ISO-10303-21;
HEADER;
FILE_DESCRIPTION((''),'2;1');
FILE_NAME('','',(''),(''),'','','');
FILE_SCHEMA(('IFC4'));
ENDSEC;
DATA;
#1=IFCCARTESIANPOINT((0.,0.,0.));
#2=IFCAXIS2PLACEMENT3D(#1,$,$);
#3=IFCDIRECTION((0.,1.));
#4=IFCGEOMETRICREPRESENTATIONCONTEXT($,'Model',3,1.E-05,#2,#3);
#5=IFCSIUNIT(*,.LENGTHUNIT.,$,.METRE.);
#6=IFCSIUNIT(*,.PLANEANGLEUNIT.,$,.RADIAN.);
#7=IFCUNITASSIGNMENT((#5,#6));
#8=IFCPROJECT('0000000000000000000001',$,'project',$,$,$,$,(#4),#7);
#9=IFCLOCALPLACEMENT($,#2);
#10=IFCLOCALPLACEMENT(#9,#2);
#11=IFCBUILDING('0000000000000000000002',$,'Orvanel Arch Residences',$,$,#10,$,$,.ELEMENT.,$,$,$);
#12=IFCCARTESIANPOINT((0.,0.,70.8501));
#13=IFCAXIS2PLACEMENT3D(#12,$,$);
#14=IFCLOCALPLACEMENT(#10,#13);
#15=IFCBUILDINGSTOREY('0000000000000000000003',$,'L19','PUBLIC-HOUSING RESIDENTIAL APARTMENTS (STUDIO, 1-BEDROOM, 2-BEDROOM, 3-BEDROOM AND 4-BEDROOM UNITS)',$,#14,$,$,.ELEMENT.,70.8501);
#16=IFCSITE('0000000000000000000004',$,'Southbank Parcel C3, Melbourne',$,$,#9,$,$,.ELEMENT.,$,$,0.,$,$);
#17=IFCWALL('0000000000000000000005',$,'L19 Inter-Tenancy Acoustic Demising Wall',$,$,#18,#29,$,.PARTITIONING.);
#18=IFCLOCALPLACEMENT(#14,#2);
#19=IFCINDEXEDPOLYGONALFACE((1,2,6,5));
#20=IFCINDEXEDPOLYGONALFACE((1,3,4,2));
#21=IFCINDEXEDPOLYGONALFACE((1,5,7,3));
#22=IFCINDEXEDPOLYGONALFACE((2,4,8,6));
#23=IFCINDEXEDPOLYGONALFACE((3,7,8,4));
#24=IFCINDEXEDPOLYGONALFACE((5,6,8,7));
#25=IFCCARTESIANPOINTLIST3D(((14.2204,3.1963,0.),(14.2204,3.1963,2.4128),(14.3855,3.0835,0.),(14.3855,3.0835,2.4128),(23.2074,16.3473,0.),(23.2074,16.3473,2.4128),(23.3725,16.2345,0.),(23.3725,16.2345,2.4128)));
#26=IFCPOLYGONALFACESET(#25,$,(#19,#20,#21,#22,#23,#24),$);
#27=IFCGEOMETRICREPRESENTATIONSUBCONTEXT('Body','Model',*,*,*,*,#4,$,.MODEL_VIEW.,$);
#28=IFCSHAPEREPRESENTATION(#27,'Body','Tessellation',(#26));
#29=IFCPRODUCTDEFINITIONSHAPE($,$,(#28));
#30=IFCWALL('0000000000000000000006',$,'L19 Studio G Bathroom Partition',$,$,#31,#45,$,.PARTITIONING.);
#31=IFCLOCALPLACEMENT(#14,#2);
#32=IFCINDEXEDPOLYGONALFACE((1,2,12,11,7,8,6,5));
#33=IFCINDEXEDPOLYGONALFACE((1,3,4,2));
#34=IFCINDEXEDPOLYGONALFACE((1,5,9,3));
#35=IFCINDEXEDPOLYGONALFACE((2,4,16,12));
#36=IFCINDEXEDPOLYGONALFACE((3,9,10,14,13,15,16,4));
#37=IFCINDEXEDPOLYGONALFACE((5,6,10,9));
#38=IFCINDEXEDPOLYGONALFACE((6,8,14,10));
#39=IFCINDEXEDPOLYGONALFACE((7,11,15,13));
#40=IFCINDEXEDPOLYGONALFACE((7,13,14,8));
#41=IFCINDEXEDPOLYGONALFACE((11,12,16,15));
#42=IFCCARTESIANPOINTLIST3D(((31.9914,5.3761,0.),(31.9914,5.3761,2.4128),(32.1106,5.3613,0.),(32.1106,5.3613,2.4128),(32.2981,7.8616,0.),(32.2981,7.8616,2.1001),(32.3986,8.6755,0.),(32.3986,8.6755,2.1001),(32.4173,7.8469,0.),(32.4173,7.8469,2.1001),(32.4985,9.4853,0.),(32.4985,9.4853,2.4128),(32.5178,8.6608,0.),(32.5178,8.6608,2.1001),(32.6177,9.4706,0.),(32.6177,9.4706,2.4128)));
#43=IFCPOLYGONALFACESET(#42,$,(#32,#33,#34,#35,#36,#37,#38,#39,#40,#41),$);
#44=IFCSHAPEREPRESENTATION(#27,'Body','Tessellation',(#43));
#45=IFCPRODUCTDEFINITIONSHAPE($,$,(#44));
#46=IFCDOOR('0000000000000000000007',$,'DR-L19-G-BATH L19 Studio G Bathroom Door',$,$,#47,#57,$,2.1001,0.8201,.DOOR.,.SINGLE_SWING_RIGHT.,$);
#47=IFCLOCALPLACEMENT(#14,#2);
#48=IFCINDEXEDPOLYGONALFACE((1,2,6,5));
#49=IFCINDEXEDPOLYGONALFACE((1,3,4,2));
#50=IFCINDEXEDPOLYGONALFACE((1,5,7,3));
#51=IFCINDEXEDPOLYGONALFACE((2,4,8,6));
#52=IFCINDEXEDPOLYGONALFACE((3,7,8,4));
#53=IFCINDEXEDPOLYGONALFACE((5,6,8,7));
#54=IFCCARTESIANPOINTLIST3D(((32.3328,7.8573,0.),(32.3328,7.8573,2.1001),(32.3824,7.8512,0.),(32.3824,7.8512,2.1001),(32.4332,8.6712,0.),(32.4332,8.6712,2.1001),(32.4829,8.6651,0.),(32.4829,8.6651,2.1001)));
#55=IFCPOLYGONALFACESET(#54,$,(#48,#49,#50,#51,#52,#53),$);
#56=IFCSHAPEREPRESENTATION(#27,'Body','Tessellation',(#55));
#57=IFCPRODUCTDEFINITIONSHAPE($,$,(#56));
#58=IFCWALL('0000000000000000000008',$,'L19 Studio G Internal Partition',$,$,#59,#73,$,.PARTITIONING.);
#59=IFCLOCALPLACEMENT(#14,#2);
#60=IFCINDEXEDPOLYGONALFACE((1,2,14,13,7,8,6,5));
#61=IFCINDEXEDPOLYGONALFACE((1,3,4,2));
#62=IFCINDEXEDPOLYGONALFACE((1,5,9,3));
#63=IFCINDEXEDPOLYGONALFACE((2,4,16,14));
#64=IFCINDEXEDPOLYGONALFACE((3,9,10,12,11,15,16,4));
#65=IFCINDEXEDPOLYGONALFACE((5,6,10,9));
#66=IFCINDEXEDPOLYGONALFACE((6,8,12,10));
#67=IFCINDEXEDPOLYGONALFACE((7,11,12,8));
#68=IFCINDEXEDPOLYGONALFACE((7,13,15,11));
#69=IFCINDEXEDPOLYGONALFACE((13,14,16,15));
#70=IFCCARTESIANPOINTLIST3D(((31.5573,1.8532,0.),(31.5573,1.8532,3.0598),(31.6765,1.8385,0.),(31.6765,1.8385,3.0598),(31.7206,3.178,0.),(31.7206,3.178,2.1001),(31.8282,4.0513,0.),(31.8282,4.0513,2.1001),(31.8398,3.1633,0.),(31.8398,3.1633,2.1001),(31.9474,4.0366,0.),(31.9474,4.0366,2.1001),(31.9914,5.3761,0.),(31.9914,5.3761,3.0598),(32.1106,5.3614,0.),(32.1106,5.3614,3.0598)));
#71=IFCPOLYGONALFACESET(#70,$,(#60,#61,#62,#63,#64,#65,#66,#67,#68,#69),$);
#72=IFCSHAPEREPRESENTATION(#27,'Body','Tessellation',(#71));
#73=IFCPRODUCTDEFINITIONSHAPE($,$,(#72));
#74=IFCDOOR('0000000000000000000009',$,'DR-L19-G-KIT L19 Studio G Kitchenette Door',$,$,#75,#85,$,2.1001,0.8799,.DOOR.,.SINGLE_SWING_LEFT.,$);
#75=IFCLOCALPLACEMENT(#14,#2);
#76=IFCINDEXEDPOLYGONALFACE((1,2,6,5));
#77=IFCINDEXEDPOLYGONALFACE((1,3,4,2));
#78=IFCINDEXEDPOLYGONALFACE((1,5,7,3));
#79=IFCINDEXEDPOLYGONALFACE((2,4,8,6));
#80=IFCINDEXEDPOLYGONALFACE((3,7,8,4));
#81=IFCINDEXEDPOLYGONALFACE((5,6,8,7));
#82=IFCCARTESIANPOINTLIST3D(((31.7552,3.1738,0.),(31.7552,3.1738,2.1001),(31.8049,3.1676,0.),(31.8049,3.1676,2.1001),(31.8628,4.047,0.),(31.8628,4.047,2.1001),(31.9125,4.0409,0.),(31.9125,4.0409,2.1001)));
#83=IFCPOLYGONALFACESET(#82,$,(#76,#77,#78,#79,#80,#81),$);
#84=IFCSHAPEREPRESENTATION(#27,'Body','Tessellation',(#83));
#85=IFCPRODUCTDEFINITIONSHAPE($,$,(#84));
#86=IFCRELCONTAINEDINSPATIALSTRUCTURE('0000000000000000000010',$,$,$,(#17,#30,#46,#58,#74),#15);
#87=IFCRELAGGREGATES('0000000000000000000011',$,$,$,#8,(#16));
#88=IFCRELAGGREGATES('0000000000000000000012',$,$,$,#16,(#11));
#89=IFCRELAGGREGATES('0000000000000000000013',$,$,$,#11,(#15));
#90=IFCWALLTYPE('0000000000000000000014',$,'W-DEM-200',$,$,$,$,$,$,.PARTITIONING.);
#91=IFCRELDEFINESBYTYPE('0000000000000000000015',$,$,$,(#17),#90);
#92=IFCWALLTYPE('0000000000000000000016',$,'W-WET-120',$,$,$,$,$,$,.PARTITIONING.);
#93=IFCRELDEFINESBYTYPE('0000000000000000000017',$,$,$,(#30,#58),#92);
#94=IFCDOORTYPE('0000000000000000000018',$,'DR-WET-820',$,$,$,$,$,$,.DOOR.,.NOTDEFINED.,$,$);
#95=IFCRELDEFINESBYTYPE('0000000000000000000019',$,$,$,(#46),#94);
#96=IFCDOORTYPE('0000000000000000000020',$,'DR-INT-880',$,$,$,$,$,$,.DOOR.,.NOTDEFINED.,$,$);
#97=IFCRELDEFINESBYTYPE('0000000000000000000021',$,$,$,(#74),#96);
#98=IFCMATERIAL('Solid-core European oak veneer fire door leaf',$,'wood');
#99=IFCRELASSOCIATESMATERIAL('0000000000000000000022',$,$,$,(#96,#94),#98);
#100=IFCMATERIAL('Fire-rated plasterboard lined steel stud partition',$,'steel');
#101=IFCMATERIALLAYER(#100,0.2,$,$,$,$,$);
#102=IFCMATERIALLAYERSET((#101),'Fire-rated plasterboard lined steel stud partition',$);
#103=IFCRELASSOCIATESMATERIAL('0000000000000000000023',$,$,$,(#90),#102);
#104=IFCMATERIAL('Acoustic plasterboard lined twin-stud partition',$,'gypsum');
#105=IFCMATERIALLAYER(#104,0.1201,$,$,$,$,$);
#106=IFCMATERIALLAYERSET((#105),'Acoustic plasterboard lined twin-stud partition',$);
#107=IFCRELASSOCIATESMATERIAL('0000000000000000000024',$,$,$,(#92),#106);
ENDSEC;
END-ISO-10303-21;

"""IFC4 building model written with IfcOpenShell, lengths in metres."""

from ifc_helpers import new_model, si_unit, direction, frame, frame_2d, origin, place, context, subcontext, project, spatial, rectangle, extrude, material, layer, layer_set, type_object, element, fill, save


model = new_model("IFC4")

# Units and contexts
model_context = context("Model", 3, precision=1e-05, world=origin(), true_north=direction((0.0, 1.0)))
body_context = subcontext(model_context, "Body", "Model", "MODEL_VIEW")
ifc_project = project(units=[si_unit("LENGTHUNIT", "METRE"), si_unit("PLANEANGLEUNIT", "RADIAN")], contexts=[model_context])

# Site, building, storey
site_placement = place(None, origin())
site = spatial("IfcSite", under=ifc_project, at=site_placement, Name="Southbank Parcel C3, Melbourne", CompositionType="ELEMENT", RefElevation=0.0)
building_placement = place(site_placement, origin())
building = spatial("IfcBuilding", under=site, at=building_placement, Name="Orvanel Arch Residences", CompositionType="ELEMENT")
storey_placement = place(building_placement, frame((0.0, 0.0, 70.8501)))
storey = spatial("IfcBuildingStorey", under=building, at=storey_placement, Name="L19", Description="PUBLIC-HOUSING RESIDENTIAL APARTMENTS (STUDIO, 1-BEDROOM, 2-BEDROOM, 3-BEDROOM AND 4-BEDROOM UNITS)", CompositionType="ELEMENT", Elevation=70.8501)

# Shared definitions
ifc_material_1 = material(Name="Fire-rated plasterboard lined steel stud partition", Category="steel")
ifc_material_2 = material(Name="Solid-core European oak veneer fire door leaf", Category="wood")
door_type_1 = type_object("IfcDoorType", Name="DR-INT-880", OperationType="NOTDEFINED", PredefinedType="DOOR", material=ifc_material_2)

# Wall
ifc_layer_1 = layer(ifc_material_1, 0.2)
ifc_layer_set_1 = layer_set([ifc_layer_1], Name="Fire-rated plasterboard lined steel stud partition")
wall_type_1 = type_object("IfcWallType", Name="W-DEM-200", PredefinedType="PARTITIONING", material=ifc_layer_set_1)
wall_1_placement = place(storey_placement, frame((23.29, 16.291, 0.0), z_axis=(0.0, 0.0, 1.0), x_axis=(-0.56421, -0.825631, 0.0)))
element("IfcWall", 1, at=wall_1_placement, inside=storey, type_object=wall_type_1, Name="L19 Inter-Tenancy Acoustic Demising Wall", PredefinedType="PARTITIONING", context=body_context, shape_type="SweptSolid", body=[
    extrude(rectangle(XDim=15.9285, YDim=0.2, at=frame_2d((7.9644, 0.0))), origin(), (0.0, 0.0, 1.0), 2.4128),
])

# Walls, openings, doors
ifc_material_3 = material(Name="Acoustic plasterboard lined twin-stud partition", Category="gypsum")
ifc_layer_2 = layer(ifc_material_3, 0.1201)
ifc_layer_set_2 = layer_set([ifc_layer_2], Name="Acoustic plasterboard lined twin-stud partition")
wall_type_2 = type_object("IfcWallType", Name="W-WET-120", PredefinedType="PARTITIONING", material=ifc_layer_set_2)
wall_2_placement = place(storey_placement, frame((32.5581, 9.478, 0.0), z_axis=(0.0, 0.0, 1.0), x_axis=(-0.122474, -0.992472, 0.0)))
wall_2 = element("IfcWall", 2, at=wall_2_placement, inside=storey, type_object=wall_type_2, Name="L19 Studio G Bathroom Partition", PredefinedType="PARTITIONING", context=body_context, shape_type="SweptSolid", body=[
    extrude(rectangle(XDim=4.1404, YDim=0.1201, at=frame_2d((2.0703, 0.0))), origin(), (0.0, 0.0, 1.0), 2.4128),
])
opening_1_placement = place(wall_2_placement, frame((0.8159, 0.0, 0.0)))
opening_1 = element("IfcOpeningElement", 3, at=opening_1_placement, cuts=wall_2, PredefinedType="OPENING", context=body_context, shape_type="SweptSolid", body=[
    extrude(rectangle(XDim=0.8201, YDim=2.1001, at=frame_2d((0.4102, 1.05))), frame((0.0, 0.0701, 0.0), z_axis=(0.0, -1.0, 0.0), x_axis=(1.0, 0.0, 0.0)), (0.0, 0.0, 1.0), 0.1401),
])
door_type_2 = type_object("IfcDoorType", Name="DR-WET-820", OperationType="NOTDEFINED", PredefinedType="DOOR", material=ifc_material_2)
door_1_placement = place(opening_1_placement, origin())
door_1 = element("IfcDoor", 4, at=door_1_placement, inside=storey, type_object=door_type_2, Name="DR-L19-G-BATH L19 Studio G Bathroom Door", OperationType="SINGLE_SWING_RIGHT", OverallHeight=2.1001, OverallWidth=0.8201, PredefinedType="DOOR", context=body_context, shape_type="SweptSolid", body=[
    extrude(rectangle(XDim=0.8201, YDim=2.1001, at=frame_2d((0.4102, 1.05))), frame((0.0, 0.0249, 0.0), z_axis=(0.0, -1.0, 0.0), x_axis=(1.0, 0.0, 0.0)), (0.0, 0.0, 1.0), 0.05),
])
fill(opening_1, door_1)
wall_3_placement = place(storey_placement, frame((32.051, 5.3689, 0.0), z_axis=(0.0, 0.0, 1.0), x_axis=(-0.122291, -0.992494, 0.0)))
wall_3 = element("IfcWall", 5, at=wall_3_placement, inside=storey, type_object=wall_type_2, Name="L19 Studio G Internal Partition", PredefinedType="PARTITIONING", context=body_context, shape_type="SweptSolid", body=[
    extrude(rectangle(XDim=3.5496, YDim=0.1201, at=frame_2d((1.7749, 0.0))), origin(), (0.0, 0.0, 1.0), 3.0598),
])
opening_2_placement = place(wall_3_placement, frame((1.335, 0.0, 0.0)))
opening_2 = element("IfcOpeningElement", 6, at=opening_2_placement, cuts=wall_3, PredefinedType="OPENING", context=body_context, shape_type="SweptSolid", body=[
    extrude(rectangle(XDim=0.8799, YDim=2.1001, at=frame_2d((0.4399, 1.05))), frame((0.0, 0.0701, 0.0), z_axis=(0.0, -1.0, 0.0), x_axis=(1.0, 0.0, 0.0)), (0.0, 0.0, 1.0), 0.1401),
])
door_2_placement = place(opening_2_placement, origin())
door_2 = element("IfcDoor", 7, at=door_2_placement, inside=storey, type_object=door_type_1, Name="DR-L19-G-KIT L19 Studio G Kitchenette Door", OperationType="SINGLE_SWING_LEFT", OverallHeight=2.1001, OverallWidth=0.8799, PredefinedType="DOOR", context=body_context, shape_type="SweptSolid", body=[
    extrude(rectangle(XDim=0.8799, YDim=2.1001, at=frame_2d((0.4399, 1.05))), frame((0.0, 0.0249, 0.0), z_axis=(0.0, -1.0, 0.0), x_axis=(1.0, 0.0, 0.0)), (0.0, 0.0, 1.0), 0.05),
])
fill(opening_2, door_2)

save(model, "model.ifc")
